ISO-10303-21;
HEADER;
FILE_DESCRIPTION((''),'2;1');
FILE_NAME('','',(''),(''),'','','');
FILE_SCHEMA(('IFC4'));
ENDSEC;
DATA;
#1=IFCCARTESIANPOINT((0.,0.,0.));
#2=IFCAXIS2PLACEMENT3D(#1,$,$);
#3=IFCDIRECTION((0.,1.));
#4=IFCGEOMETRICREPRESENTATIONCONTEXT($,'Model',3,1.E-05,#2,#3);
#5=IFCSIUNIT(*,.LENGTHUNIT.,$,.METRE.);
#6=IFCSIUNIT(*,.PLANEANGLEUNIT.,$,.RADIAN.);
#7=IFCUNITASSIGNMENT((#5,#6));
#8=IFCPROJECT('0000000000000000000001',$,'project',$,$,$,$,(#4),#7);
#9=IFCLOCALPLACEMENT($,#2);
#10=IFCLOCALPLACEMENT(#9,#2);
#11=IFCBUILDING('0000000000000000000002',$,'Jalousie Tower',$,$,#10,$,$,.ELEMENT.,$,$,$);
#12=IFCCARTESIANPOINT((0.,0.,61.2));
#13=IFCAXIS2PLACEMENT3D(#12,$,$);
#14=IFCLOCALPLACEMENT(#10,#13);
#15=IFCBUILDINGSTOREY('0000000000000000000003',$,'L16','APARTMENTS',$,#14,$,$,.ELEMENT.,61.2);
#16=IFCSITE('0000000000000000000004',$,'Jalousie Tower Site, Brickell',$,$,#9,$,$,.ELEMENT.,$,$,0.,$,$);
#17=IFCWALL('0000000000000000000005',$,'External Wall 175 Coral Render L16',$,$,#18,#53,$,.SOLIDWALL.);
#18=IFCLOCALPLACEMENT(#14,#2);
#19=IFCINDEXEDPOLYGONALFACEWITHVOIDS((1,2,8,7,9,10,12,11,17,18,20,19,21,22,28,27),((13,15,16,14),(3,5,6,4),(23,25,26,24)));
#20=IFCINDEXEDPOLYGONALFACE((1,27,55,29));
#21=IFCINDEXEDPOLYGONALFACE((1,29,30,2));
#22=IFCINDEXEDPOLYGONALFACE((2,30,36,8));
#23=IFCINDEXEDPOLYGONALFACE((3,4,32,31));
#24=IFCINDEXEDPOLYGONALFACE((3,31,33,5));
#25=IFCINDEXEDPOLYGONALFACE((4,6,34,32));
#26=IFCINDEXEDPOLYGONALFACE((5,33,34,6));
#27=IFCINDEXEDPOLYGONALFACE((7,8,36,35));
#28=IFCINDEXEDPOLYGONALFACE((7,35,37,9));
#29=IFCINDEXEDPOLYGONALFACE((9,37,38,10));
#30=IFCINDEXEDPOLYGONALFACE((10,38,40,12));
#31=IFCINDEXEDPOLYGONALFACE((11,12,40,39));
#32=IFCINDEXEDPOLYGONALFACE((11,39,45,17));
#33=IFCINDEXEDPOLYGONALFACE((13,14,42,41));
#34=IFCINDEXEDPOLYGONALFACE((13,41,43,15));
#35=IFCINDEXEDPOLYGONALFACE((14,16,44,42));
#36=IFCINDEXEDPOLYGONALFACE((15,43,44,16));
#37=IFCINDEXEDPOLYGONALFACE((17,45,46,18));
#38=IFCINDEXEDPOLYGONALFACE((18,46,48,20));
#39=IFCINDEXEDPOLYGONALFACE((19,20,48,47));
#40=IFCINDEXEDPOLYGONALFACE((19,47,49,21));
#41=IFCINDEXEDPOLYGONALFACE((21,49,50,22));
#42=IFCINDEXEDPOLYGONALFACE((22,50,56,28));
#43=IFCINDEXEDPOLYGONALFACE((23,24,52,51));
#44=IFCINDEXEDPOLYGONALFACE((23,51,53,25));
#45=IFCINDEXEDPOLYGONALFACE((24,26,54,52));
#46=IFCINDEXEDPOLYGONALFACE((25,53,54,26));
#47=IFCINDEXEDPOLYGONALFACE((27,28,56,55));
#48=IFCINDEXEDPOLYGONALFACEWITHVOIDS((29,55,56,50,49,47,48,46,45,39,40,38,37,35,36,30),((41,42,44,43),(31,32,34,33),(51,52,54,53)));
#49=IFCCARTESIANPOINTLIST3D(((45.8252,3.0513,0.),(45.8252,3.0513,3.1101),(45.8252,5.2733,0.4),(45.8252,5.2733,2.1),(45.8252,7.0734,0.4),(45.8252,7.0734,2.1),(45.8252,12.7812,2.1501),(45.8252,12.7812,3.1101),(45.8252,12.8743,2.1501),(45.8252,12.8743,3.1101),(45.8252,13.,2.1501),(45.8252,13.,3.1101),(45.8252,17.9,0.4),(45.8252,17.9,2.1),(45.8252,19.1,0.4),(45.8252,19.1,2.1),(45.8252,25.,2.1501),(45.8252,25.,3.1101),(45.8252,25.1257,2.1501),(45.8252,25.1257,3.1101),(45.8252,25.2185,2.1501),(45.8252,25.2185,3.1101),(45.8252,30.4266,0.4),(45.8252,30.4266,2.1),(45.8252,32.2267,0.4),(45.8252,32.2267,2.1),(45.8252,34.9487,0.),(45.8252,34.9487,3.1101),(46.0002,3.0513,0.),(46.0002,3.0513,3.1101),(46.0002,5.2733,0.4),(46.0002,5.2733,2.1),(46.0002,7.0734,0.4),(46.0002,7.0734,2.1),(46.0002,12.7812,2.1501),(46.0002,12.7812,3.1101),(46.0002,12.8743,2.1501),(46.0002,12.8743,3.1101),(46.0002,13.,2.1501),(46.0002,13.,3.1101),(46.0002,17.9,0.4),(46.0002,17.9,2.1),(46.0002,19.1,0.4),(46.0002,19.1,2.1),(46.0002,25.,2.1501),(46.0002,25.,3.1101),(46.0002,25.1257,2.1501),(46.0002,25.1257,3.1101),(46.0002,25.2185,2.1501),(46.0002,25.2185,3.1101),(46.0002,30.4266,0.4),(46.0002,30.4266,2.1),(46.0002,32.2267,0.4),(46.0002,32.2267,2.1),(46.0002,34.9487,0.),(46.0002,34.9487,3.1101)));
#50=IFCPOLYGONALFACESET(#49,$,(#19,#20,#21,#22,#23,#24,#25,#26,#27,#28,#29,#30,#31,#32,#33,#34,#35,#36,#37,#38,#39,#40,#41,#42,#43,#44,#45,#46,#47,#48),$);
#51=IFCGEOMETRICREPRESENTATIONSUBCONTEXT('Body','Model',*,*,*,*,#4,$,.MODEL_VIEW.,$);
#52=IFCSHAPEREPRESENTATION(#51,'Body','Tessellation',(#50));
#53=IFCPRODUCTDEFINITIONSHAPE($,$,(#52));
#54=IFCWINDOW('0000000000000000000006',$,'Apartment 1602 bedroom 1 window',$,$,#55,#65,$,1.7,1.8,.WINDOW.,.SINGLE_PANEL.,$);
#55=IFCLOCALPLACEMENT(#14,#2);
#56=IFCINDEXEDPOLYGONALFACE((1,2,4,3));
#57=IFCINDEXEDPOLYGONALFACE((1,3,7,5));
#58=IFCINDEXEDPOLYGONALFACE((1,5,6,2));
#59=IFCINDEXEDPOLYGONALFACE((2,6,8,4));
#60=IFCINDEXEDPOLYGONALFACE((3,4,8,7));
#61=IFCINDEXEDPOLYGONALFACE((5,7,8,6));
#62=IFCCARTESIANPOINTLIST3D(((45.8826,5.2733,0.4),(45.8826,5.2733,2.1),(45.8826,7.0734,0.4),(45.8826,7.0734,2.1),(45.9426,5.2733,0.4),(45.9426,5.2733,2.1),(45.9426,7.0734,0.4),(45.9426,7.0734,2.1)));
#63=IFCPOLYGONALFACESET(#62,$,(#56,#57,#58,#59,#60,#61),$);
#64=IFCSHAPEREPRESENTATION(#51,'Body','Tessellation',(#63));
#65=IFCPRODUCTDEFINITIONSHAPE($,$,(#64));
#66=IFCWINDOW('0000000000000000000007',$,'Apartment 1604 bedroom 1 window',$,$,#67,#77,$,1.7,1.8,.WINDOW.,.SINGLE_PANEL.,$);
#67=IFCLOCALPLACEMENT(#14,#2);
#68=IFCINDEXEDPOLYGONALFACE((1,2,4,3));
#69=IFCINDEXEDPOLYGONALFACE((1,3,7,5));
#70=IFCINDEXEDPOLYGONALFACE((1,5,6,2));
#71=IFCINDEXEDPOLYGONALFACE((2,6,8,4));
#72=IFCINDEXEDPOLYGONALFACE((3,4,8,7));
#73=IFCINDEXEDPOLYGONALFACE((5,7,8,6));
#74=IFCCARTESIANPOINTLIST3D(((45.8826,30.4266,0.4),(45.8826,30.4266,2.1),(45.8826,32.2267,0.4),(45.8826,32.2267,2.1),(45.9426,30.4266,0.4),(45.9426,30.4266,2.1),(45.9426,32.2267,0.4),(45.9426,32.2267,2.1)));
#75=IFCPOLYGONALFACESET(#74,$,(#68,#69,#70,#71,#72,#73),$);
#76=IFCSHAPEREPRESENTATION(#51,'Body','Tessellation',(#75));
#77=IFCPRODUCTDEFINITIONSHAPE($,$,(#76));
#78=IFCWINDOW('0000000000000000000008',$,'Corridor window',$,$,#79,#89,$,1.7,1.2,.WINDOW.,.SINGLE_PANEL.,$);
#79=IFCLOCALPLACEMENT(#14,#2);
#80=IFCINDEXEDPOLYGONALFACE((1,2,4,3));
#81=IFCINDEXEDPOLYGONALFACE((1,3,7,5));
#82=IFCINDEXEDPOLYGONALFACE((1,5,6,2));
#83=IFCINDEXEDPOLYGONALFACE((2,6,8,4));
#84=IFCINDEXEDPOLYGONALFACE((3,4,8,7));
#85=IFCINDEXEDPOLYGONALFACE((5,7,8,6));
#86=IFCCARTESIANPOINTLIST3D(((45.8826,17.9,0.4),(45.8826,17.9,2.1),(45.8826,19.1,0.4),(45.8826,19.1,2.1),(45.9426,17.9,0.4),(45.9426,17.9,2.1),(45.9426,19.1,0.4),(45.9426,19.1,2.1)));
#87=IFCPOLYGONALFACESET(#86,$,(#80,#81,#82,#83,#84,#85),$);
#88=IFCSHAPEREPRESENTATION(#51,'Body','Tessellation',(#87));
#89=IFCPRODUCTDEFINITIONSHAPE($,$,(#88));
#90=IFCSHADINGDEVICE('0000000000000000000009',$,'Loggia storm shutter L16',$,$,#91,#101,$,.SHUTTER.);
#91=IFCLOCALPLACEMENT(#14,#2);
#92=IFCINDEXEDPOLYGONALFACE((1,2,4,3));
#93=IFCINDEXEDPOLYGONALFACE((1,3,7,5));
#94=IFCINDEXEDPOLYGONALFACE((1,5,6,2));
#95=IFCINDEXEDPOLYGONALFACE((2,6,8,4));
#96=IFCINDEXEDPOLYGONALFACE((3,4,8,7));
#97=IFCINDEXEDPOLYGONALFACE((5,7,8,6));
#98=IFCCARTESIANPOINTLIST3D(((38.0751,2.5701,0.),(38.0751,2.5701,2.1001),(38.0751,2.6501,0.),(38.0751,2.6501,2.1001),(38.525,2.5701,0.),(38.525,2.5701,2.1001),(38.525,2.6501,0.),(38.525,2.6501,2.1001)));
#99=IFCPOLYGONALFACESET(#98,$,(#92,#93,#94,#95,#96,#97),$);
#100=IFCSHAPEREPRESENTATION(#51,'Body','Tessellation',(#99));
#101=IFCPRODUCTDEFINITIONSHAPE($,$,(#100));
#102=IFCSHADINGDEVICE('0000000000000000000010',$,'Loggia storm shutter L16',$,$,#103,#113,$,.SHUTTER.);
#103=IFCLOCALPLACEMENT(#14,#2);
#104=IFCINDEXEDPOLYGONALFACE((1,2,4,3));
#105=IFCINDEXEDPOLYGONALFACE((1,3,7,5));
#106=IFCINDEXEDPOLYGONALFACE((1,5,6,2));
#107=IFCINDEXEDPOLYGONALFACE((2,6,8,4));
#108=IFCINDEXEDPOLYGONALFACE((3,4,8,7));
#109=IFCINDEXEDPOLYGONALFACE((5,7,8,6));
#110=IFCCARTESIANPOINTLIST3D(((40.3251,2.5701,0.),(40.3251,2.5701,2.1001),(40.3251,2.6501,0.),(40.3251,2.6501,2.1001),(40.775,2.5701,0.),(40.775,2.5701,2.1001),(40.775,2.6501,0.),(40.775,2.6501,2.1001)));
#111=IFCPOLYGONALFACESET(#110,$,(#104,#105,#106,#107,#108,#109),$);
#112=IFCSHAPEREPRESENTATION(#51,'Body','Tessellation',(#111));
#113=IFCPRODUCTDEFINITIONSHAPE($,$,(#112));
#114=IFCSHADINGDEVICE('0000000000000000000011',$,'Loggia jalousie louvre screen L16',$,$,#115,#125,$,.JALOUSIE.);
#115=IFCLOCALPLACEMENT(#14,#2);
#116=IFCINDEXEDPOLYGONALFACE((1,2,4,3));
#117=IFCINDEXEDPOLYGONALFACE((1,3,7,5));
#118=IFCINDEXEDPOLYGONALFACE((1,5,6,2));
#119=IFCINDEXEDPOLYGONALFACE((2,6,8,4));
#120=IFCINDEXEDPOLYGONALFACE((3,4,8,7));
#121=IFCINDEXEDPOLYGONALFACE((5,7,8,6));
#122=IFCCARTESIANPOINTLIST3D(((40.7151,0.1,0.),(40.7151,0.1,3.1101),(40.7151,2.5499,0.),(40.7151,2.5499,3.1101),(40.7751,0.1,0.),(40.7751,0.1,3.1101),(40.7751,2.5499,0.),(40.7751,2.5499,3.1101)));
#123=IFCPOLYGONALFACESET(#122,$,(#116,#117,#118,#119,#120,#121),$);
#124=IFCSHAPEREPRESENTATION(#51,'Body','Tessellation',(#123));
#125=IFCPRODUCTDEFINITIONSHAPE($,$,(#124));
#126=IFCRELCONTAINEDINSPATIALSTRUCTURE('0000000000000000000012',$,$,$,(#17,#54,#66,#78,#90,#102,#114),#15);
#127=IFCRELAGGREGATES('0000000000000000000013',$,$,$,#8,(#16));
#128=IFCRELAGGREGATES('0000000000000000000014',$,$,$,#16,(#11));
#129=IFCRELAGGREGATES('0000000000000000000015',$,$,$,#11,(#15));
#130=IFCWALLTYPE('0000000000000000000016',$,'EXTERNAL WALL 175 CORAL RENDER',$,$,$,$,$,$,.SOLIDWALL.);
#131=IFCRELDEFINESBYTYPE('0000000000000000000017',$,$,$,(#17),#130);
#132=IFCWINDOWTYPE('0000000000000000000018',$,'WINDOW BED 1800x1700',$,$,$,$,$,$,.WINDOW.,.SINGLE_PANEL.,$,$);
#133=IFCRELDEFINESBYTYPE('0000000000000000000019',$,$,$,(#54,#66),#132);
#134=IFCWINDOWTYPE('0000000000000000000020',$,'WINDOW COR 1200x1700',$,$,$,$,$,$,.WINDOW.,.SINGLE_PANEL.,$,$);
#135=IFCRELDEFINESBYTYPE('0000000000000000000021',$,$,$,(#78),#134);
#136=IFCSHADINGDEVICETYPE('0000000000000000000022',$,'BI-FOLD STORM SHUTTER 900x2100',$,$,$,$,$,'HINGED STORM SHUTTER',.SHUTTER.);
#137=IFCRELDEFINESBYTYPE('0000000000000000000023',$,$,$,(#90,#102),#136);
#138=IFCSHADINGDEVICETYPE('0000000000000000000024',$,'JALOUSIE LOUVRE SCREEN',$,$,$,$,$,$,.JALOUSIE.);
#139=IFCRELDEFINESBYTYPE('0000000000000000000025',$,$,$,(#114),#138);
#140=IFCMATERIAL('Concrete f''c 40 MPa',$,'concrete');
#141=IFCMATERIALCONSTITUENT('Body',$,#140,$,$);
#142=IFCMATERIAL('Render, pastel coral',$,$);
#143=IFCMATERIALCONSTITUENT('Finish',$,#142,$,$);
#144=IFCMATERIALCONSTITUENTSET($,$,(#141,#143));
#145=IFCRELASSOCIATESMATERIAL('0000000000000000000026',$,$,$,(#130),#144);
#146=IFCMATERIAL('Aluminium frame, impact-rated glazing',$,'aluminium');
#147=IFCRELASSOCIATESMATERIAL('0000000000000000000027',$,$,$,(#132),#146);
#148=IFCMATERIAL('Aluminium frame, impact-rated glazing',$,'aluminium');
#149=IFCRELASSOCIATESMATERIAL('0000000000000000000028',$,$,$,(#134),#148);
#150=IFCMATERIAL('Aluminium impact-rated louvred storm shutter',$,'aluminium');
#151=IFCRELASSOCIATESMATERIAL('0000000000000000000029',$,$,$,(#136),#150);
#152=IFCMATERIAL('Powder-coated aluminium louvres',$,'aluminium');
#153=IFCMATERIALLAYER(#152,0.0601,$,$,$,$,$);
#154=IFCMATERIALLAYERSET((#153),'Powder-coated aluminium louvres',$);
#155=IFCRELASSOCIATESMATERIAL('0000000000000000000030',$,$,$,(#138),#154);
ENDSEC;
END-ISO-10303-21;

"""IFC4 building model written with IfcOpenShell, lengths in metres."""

from ifc_helpers import new_model, si_unit, direction, frame, frame_2d, origin, origin_2d, place, context, subcontext, project, spatial, polyline, rectangle, outline, extrude, material, layer, layer_set, constituent, constituent_set, type_object, element, fill, save


model = new_model("IFC4")

# Units and contexts
model_context = context("Model", 3, precision=1e-05, world=origin(), true_north=direction((0.0, 1.0)))
body_context = subcontext(model_context, "Body", "Model", "MODEL_VIEW")
ifc_project = project(units=[si_unit("LENGTHUNIT", "METRE"), si_unit("PLANEANGLEUNIT", "RADIAN")], contexts=[model_context])

# Site, building, storey
site_placement = place(None, origin())
site = spatial("IfcSite", under=ifc_project, at=site_placement, Name="Jalousie Tower Site, Brickell", CompositionType="ELEMENT", RefElevation=0.0)
building_placement = place(site_placement, origin())
building = spatial("IfcBuilding", under=site, at=building_placement, Name="Jalousie Tower", CompositionType="ELEMENT")
storey_placement = place(building_placement, frame((0.0, 0.0, 61.2)))
storey = spatial("IfcBuildingStorey", under=building, at=storey_placement, Name="L16", Description="APARTMENTS", CompositionType="ELEMENT", Elevation=61.2)

# Shared definitions
ifc_material_1 = material(Name="Concrete f'c 40 MPa", Category="concrete")
ifc_constituent_1 = constituent(ifc_material_1, Name="Body")
ifc_material_2 = material(Name="Render, pastel coral")
ifc_constituent_2 = constituent(ifc_material_2, Name="Finish")
ifc_constituent_set = constituent_set(constituents=[ifc_constituent_1, ifc_constituent_2])
wall_type = type_object("IfcWallType", Name="EXTERNAL WALL 175 CORAL RENDER", PredefinedType="SOLIDWALL", material=ifc_constituent_set)

# Wall, openings, windows
wall_1_placement = place(storey_placement, frame((45.9126, 3.0513, 0.0), z_axis=(0.0, 0.0, 1.0), x_axis=(0.0, 1.0, 0.0)))
wall_1 = element("IfcWall", 1, at=wall_1_placement, inside=storey, type_object=wall_type, Name="External Wall 175 Coral Render L16", PredefinedType="SOLIDWALL", context=body_context, shape_type="SweptSolid", body=[
    extrude(outline(polyline([(0.0, 0.0), (31.8975, 0.0), (31.8975, 3.1101), (22.1672, 3.1101), (22.1672, 2.1501), (22.0745, 2.1501), (22.0745, 3.1101), (21.9487, 3.1101), (21.9487, 2.1501), (9.9487, 2.1501), (9.9487, 3.1101), (9.823, 3.1101), (9.823, 2.1501), (9.73, 2.1501), (9.73, 3.1101), (0.0, 3.1101), (0.0, 0.0)])), frame((0.0, 0.0874, 0.0), z_axis=(0.0, -1.0, 0.0), x_axis=(1.0, 0.0, 0.0)), (0.0, 0.0, 1.0), 0.175),
])
opening_1_placement = place(wall_1_placement, frame((2.2222, 0.0, 0.3999)))
opening_1 = element("IfcOpeningElement", 2, at=opening_1_placement, cuts=wall_1, PredefinedType="OPENING", context=body_context, shape_type="SweptSolid", body=[
    extrude(rectangle(XDim=1.8, YDim=1.7, at=frame_2d((0.8999, 0.8501))), frame((0.0, 0.0974, 0.0), z_axis=(0.0, -1.0, 0.0), x_axis=(1.0, 0.0, 0.0)), (0.0, 0.0, 1.0), 0.1951),
])
opening_2_placement = place(wall_1_placement, frame((14.8486, 0.0, 0.3999)))
opening_2 = element("IfcOpeningElement", 3, at=opening_2_placement, cuts=wall_1, PredefinedType="OPENING", context=body_context, shape_type="SweptSolid", body=[
    extrude(rectangle(XDim=1.2, YDim=1.7, at=frame_2d((0.6001, 0.8501))), frame((0.0, 0.0974, 0.0), z_axis=(0.0, -1.0, 0.0), x_axis=(1.0, 0.0, 0.0)), (0.0, 0.0, 1.0), 0.1951),
])
opening_3_placement = place(wall_1_placement, frame((27.3755, 0.0, 0.3999)))
opening_3 = element("IfcOpeningElement", 4, at=opening_3_placement, cuts=wall_1, PredefinedType="OPENING", context=body_context, shape_type="SweptSolid", body=[
    extrude(rectangle(XDim=1.8, YDim=1.7, at=frame_2d((0.8999, 0.8501))), frame((0.0, 0.0974, 0.0), z_axis=(0.0, -1.0, 0.0), x_axis=(1.0, 0.0, 0.0)), (0.0, 0.0, 1.0), 0.1951),
])
ifc_material_3 = material(Name="Aluminium frame, impact-rated glazing", Category="aluminium")
window_type_1 = type_object("IfcWindowType", Name="WINDOW BED 1800x1700", PartitioningType="SINGLE_PANEL", PredefinedType="WINDOW", material=ifc_material_3)
window_1_placement = place(opening_1_placement, origin())
window_1 = element("IfcWindow", 5, at=window_1_placement, inside=storey, type_object=window_type_1, Name="Apartment 1602 bedroom 1 window", OverallHeight=1.7, OverallWidth=1.8, PartitioningType="SINGLE_PANEL", PredefinedType="WINDOW", context=body_context, shape_type="SweptSolid", body=[
    extrude(rectangle(XDim=1.8, YDim=1.7, at=frame_2d((0.8999, 0.8501))), frame((0.0, 0.03, 0.0), z_axis=(0.0, -1.0, 0.0), x_axis=(1.0, 0.0, 0.0)), (0.0, 0.0, 1.0), 0.0601),
])
fill(opening_1, window_1)
window_2_placement = place(opening_3_placement, origin())
window_2 = element("IfcWindow", 6, at=window_2_placement, inside=storey, type_object=window_type_1, Name="Apartment 1604 bedroom 1 window", OverallHeight=1.7, OverallWidth=1.8, PartitioningType="SINGLE_PANEL", PredefinedType="WINDOW", context=body_context, shape_type="SweptSolid", body=[
    extrude(rectangle(XDim=1.8, YDim=1.7, at=frame_2d((0.8999, 0.8501))), frame((0.0, 0.03, 0.0), z_axis=(0.0, -1.0, 0.0), x_axis=(1.0, 0.0, 0.0)), (0.0, 0.0, 1.0), 0.0601),
])
fill(opening_3, window_2)
ifc_material_4 = material(Name="Aluminium frame, impact-rated glazing", Category="aluminium")
window_type_2 = type_object("IfcWindowType", Name="WINDOW COR 1200x1700", PartitioningType="SINGLE_PANEL", PredefinedType="WINDOW", material=ifc_material_4)
window_3_placement = place(opening_2_placement, origin())
window_3 = element("IfcWindow", 7, at=window_3_placement, inside=storey, type_object=window_type_2, Name="Corridor window", OverallHeight=1.7, OverallWidth=1.2, PartitioningType="SINGLE_PANEL", PredefinedType="WINDOW", context=body_context, shape_type="SweptSolid", body=[
    extrude(rectangle(XDim=1.2, YDim=1.7, at=frame_2d((0.6001, 0.8501))), frame((0.0, 0.03, 0.0), z_axis=(0.0, -1.0, 0.0), x_axis=(1.0, 0.0, 0.0)), (0.0, 0.0, 1.0), 0.0601),
])
fill(opening_2, window_3)

# Shading devices
ifc_material_5 = material(Name="Aluminium impact-rated louvred storm shutter", Category="aluminium")
shading_device_type_1 = type_object("IfcShadingDeviceType", Name="BI-FOLD STORM SHUTTER 900x2100", ElementType="HINGED STORM SHUTTER", PredefinedType="SHUTTER", material=ifc_material_5)
for number, where, z_axis, x_axis, name in (
    (8, (38.3, 2.6101, 0.0), (0.0, 0.0, 1.0), (1.0, 0.0, 0.0), "Loggia storm shutter L16"),
    (9, (40.55, 2.6101, 0.0), (0.0, 0.0, 1.0), (1.0, 0.0, 0.0), "Loggia storm shutter L16"),
):
    element("IfcShadingDevice", number, at=place(storey_placement, frame(where, z_axis=z_axis, x_axis=x_axis)), inside=storey, type_object=shading_device_type_1, Name=name, PredefinedType="SHUTTER", context=body_context, shape_type="SweptSolid", body=[
        extrude(rectangle(XDim=0.45, YDim=0.0801, at=origin_2d()), origin(), (0.0, 0.0, 1.0), 2.1001),
    ])
ifc_material_6 = material(Name="Powder-coated aluminium louvres", Category="aluminium")
ifc_layer_1 = layer(ifc_material_6, 0.0601)
ifc_layer_set_1 = layer_set([ifc_layer_1], Name="Powder-coated aluminium louvres")
shading_device_type_2 = type_object("IfcShadingDeviceType", Name="JALOUSIE LOUVRE SCREEN", PredefinedType="JALOUSIE", material=ifc_layer_set_1)
shading_device_placement = place(storey_placement, frame((40.7451, 1.325, 0.0), z_axis=(0.0, 0.0, 1.0), x_axis=(1.0, 0.0, 0.0)))
element("IfcShadingDevice", 10, at=shading_device_placement, inside=storey, type_object=shading_device_type_2, Name="Loggia jalousie louvre screen L16", PredefinedType="JALOUSIE", context=body_context, shape_type="SweptSolid", body=[
    extrude(rectangle(XDim=0.0601, YDim=2.45, at=origin_2d()), origin(), (0.0, 0.0, 1.0), 3.1101),
])

save(model, "model.ifc")
